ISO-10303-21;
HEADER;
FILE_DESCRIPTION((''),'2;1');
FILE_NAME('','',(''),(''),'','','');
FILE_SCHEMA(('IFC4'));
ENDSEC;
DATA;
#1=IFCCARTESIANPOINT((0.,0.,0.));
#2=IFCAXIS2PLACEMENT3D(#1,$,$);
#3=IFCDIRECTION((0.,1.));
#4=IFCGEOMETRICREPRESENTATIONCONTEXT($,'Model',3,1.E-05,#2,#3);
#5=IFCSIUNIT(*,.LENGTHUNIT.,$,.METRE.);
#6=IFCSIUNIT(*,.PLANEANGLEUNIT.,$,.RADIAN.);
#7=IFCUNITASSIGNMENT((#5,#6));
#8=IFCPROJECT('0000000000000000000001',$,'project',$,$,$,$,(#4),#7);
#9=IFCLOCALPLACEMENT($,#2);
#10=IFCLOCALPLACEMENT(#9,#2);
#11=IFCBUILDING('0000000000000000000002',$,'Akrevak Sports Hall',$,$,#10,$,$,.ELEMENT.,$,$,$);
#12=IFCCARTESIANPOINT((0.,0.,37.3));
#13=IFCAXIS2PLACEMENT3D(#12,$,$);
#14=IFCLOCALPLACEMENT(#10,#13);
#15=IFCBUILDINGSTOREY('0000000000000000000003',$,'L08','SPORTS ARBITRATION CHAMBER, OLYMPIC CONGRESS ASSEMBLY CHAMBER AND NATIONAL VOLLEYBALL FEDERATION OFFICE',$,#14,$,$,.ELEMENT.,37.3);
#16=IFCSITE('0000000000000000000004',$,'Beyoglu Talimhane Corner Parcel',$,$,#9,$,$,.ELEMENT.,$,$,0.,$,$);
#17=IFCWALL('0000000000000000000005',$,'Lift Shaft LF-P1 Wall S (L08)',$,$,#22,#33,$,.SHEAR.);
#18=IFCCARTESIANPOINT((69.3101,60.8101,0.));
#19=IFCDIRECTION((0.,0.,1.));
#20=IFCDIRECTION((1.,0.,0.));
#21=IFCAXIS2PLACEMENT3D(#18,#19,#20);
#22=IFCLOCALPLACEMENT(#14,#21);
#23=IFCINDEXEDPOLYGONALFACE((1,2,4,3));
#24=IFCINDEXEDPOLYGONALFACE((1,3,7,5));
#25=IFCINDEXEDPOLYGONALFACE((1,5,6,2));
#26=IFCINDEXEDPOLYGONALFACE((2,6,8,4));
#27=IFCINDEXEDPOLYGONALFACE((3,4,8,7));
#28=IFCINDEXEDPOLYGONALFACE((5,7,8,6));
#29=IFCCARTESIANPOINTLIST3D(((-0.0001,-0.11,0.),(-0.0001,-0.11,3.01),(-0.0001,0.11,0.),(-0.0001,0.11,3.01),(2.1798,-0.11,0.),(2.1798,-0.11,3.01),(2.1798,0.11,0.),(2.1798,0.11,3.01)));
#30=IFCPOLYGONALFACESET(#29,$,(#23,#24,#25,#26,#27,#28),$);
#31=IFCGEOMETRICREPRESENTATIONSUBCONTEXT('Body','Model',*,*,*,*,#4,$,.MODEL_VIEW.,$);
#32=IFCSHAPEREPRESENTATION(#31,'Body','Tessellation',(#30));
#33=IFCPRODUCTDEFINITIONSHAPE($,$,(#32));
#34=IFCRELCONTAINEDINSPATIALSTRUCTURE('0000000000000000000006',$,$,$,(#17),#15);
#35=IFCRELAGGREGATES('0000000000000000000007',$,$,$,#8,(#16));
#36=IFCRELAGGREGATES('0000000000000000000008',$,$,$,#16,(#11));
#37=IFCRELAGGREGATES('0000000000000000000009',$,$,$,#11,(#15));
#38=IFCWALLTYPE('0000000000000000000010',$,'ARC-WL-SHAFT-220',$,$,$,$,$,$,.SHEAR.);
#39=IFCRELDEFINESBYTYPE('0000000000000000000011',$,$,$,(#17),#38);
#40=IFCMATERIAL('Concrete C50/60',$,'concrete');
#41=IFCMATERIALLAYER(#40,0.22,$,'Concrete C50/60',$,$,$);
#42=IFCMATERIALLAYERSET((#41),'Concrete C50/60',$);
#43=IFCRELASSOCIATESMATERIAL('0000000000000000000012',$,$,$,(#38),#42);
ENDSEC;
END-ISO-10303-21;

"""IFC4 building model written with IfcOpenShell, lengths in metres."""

from ifc_helpers import new_model, si_unit, direction, frame, frame_2d, origin, place, context, subcontext, project, spatial, rectangle, extrude, material, layer, layer_set, type_object, element, save


model = new_model("IFC4")

# Units and contexts
model_context = context("Model", 3, precision=1e-05, world=origin(), true_north=direction((0.0, 1.0)))
body_context = subcontext(model_context, "Body", "Model", "MODEL_VIEW")
ifc_project = project(units=[si_unit("LENGTHUNIT", "METRE"), si_unit("PLANEANGLEUNIT", "RADIAN")], contexts=[model_context])

# Site, building, storey
site_placement = place(None, origin())
site = spatial("IfcSite", under=ifc_project, at=site_placement, Name="Beyoglu Talimhane Corner Parcel", CompositionType="ELEMENT", RefElevation=0.0)
building_placement = place(site_placement, origin())
building = spatial("IfcBuilding", under=site, at=building_placement, Name="Akrevak Sports Hall", CompositionType="ELEMENT")
storey_placement = place(building_placement, frame((0.0, 0.0, 37.3)))
storey = spatial("IfcBuildingStorey", under=building, at=storey_placement, Name="L08", Description="SPORTS ARBITRATION CHAMBER, OLYMPIC CONGRESS ASSEMBLY CHAMBER AND NATIONAL VOLLEYBALL FEDERATION OFFICE", CompositionType="ELEMENT", Elevation=37.3)

# Wall
ifc_material_1 = material(Name="Concrete C50/60", Category="concrete")
ifc_layer_1 = layer(ifc_material_1, 0.22, Name="Concrete C50/60")
ifc_layer_set_1 = layer_set([ifc_layer_1], Name="Concrete C50/60")
wall_type_1 = type_object("IfcWallType", Name="ARC-WL-SHAFT-220", PredefinedType="SHEAR", material=ifc_layer_set_1)
wall_1_placement = place(storey_placement, frame((69.3101, 60.8101, 0.0), z_axis=(0.0, 0.0, 1.0), x_axis=(1.0, 0.0, 0.0)))
element("IfcWall", 1, at=wall_1_placement, inside=storey, type_object=wall_type_1, Name="Lift Shaft LF-P1 Wall S (L08)", PredefinedType="SHEAR", context=body_context, shape_type="SweptSolid", body=[
    extrude(rectangle(XDim=2.1799, YDim=0.22, at=frame_2d((1.0898, 0.0))), origin(), (0.0, 0.0, 1.0), 3.01),
])

save(model, "model.ifc")
